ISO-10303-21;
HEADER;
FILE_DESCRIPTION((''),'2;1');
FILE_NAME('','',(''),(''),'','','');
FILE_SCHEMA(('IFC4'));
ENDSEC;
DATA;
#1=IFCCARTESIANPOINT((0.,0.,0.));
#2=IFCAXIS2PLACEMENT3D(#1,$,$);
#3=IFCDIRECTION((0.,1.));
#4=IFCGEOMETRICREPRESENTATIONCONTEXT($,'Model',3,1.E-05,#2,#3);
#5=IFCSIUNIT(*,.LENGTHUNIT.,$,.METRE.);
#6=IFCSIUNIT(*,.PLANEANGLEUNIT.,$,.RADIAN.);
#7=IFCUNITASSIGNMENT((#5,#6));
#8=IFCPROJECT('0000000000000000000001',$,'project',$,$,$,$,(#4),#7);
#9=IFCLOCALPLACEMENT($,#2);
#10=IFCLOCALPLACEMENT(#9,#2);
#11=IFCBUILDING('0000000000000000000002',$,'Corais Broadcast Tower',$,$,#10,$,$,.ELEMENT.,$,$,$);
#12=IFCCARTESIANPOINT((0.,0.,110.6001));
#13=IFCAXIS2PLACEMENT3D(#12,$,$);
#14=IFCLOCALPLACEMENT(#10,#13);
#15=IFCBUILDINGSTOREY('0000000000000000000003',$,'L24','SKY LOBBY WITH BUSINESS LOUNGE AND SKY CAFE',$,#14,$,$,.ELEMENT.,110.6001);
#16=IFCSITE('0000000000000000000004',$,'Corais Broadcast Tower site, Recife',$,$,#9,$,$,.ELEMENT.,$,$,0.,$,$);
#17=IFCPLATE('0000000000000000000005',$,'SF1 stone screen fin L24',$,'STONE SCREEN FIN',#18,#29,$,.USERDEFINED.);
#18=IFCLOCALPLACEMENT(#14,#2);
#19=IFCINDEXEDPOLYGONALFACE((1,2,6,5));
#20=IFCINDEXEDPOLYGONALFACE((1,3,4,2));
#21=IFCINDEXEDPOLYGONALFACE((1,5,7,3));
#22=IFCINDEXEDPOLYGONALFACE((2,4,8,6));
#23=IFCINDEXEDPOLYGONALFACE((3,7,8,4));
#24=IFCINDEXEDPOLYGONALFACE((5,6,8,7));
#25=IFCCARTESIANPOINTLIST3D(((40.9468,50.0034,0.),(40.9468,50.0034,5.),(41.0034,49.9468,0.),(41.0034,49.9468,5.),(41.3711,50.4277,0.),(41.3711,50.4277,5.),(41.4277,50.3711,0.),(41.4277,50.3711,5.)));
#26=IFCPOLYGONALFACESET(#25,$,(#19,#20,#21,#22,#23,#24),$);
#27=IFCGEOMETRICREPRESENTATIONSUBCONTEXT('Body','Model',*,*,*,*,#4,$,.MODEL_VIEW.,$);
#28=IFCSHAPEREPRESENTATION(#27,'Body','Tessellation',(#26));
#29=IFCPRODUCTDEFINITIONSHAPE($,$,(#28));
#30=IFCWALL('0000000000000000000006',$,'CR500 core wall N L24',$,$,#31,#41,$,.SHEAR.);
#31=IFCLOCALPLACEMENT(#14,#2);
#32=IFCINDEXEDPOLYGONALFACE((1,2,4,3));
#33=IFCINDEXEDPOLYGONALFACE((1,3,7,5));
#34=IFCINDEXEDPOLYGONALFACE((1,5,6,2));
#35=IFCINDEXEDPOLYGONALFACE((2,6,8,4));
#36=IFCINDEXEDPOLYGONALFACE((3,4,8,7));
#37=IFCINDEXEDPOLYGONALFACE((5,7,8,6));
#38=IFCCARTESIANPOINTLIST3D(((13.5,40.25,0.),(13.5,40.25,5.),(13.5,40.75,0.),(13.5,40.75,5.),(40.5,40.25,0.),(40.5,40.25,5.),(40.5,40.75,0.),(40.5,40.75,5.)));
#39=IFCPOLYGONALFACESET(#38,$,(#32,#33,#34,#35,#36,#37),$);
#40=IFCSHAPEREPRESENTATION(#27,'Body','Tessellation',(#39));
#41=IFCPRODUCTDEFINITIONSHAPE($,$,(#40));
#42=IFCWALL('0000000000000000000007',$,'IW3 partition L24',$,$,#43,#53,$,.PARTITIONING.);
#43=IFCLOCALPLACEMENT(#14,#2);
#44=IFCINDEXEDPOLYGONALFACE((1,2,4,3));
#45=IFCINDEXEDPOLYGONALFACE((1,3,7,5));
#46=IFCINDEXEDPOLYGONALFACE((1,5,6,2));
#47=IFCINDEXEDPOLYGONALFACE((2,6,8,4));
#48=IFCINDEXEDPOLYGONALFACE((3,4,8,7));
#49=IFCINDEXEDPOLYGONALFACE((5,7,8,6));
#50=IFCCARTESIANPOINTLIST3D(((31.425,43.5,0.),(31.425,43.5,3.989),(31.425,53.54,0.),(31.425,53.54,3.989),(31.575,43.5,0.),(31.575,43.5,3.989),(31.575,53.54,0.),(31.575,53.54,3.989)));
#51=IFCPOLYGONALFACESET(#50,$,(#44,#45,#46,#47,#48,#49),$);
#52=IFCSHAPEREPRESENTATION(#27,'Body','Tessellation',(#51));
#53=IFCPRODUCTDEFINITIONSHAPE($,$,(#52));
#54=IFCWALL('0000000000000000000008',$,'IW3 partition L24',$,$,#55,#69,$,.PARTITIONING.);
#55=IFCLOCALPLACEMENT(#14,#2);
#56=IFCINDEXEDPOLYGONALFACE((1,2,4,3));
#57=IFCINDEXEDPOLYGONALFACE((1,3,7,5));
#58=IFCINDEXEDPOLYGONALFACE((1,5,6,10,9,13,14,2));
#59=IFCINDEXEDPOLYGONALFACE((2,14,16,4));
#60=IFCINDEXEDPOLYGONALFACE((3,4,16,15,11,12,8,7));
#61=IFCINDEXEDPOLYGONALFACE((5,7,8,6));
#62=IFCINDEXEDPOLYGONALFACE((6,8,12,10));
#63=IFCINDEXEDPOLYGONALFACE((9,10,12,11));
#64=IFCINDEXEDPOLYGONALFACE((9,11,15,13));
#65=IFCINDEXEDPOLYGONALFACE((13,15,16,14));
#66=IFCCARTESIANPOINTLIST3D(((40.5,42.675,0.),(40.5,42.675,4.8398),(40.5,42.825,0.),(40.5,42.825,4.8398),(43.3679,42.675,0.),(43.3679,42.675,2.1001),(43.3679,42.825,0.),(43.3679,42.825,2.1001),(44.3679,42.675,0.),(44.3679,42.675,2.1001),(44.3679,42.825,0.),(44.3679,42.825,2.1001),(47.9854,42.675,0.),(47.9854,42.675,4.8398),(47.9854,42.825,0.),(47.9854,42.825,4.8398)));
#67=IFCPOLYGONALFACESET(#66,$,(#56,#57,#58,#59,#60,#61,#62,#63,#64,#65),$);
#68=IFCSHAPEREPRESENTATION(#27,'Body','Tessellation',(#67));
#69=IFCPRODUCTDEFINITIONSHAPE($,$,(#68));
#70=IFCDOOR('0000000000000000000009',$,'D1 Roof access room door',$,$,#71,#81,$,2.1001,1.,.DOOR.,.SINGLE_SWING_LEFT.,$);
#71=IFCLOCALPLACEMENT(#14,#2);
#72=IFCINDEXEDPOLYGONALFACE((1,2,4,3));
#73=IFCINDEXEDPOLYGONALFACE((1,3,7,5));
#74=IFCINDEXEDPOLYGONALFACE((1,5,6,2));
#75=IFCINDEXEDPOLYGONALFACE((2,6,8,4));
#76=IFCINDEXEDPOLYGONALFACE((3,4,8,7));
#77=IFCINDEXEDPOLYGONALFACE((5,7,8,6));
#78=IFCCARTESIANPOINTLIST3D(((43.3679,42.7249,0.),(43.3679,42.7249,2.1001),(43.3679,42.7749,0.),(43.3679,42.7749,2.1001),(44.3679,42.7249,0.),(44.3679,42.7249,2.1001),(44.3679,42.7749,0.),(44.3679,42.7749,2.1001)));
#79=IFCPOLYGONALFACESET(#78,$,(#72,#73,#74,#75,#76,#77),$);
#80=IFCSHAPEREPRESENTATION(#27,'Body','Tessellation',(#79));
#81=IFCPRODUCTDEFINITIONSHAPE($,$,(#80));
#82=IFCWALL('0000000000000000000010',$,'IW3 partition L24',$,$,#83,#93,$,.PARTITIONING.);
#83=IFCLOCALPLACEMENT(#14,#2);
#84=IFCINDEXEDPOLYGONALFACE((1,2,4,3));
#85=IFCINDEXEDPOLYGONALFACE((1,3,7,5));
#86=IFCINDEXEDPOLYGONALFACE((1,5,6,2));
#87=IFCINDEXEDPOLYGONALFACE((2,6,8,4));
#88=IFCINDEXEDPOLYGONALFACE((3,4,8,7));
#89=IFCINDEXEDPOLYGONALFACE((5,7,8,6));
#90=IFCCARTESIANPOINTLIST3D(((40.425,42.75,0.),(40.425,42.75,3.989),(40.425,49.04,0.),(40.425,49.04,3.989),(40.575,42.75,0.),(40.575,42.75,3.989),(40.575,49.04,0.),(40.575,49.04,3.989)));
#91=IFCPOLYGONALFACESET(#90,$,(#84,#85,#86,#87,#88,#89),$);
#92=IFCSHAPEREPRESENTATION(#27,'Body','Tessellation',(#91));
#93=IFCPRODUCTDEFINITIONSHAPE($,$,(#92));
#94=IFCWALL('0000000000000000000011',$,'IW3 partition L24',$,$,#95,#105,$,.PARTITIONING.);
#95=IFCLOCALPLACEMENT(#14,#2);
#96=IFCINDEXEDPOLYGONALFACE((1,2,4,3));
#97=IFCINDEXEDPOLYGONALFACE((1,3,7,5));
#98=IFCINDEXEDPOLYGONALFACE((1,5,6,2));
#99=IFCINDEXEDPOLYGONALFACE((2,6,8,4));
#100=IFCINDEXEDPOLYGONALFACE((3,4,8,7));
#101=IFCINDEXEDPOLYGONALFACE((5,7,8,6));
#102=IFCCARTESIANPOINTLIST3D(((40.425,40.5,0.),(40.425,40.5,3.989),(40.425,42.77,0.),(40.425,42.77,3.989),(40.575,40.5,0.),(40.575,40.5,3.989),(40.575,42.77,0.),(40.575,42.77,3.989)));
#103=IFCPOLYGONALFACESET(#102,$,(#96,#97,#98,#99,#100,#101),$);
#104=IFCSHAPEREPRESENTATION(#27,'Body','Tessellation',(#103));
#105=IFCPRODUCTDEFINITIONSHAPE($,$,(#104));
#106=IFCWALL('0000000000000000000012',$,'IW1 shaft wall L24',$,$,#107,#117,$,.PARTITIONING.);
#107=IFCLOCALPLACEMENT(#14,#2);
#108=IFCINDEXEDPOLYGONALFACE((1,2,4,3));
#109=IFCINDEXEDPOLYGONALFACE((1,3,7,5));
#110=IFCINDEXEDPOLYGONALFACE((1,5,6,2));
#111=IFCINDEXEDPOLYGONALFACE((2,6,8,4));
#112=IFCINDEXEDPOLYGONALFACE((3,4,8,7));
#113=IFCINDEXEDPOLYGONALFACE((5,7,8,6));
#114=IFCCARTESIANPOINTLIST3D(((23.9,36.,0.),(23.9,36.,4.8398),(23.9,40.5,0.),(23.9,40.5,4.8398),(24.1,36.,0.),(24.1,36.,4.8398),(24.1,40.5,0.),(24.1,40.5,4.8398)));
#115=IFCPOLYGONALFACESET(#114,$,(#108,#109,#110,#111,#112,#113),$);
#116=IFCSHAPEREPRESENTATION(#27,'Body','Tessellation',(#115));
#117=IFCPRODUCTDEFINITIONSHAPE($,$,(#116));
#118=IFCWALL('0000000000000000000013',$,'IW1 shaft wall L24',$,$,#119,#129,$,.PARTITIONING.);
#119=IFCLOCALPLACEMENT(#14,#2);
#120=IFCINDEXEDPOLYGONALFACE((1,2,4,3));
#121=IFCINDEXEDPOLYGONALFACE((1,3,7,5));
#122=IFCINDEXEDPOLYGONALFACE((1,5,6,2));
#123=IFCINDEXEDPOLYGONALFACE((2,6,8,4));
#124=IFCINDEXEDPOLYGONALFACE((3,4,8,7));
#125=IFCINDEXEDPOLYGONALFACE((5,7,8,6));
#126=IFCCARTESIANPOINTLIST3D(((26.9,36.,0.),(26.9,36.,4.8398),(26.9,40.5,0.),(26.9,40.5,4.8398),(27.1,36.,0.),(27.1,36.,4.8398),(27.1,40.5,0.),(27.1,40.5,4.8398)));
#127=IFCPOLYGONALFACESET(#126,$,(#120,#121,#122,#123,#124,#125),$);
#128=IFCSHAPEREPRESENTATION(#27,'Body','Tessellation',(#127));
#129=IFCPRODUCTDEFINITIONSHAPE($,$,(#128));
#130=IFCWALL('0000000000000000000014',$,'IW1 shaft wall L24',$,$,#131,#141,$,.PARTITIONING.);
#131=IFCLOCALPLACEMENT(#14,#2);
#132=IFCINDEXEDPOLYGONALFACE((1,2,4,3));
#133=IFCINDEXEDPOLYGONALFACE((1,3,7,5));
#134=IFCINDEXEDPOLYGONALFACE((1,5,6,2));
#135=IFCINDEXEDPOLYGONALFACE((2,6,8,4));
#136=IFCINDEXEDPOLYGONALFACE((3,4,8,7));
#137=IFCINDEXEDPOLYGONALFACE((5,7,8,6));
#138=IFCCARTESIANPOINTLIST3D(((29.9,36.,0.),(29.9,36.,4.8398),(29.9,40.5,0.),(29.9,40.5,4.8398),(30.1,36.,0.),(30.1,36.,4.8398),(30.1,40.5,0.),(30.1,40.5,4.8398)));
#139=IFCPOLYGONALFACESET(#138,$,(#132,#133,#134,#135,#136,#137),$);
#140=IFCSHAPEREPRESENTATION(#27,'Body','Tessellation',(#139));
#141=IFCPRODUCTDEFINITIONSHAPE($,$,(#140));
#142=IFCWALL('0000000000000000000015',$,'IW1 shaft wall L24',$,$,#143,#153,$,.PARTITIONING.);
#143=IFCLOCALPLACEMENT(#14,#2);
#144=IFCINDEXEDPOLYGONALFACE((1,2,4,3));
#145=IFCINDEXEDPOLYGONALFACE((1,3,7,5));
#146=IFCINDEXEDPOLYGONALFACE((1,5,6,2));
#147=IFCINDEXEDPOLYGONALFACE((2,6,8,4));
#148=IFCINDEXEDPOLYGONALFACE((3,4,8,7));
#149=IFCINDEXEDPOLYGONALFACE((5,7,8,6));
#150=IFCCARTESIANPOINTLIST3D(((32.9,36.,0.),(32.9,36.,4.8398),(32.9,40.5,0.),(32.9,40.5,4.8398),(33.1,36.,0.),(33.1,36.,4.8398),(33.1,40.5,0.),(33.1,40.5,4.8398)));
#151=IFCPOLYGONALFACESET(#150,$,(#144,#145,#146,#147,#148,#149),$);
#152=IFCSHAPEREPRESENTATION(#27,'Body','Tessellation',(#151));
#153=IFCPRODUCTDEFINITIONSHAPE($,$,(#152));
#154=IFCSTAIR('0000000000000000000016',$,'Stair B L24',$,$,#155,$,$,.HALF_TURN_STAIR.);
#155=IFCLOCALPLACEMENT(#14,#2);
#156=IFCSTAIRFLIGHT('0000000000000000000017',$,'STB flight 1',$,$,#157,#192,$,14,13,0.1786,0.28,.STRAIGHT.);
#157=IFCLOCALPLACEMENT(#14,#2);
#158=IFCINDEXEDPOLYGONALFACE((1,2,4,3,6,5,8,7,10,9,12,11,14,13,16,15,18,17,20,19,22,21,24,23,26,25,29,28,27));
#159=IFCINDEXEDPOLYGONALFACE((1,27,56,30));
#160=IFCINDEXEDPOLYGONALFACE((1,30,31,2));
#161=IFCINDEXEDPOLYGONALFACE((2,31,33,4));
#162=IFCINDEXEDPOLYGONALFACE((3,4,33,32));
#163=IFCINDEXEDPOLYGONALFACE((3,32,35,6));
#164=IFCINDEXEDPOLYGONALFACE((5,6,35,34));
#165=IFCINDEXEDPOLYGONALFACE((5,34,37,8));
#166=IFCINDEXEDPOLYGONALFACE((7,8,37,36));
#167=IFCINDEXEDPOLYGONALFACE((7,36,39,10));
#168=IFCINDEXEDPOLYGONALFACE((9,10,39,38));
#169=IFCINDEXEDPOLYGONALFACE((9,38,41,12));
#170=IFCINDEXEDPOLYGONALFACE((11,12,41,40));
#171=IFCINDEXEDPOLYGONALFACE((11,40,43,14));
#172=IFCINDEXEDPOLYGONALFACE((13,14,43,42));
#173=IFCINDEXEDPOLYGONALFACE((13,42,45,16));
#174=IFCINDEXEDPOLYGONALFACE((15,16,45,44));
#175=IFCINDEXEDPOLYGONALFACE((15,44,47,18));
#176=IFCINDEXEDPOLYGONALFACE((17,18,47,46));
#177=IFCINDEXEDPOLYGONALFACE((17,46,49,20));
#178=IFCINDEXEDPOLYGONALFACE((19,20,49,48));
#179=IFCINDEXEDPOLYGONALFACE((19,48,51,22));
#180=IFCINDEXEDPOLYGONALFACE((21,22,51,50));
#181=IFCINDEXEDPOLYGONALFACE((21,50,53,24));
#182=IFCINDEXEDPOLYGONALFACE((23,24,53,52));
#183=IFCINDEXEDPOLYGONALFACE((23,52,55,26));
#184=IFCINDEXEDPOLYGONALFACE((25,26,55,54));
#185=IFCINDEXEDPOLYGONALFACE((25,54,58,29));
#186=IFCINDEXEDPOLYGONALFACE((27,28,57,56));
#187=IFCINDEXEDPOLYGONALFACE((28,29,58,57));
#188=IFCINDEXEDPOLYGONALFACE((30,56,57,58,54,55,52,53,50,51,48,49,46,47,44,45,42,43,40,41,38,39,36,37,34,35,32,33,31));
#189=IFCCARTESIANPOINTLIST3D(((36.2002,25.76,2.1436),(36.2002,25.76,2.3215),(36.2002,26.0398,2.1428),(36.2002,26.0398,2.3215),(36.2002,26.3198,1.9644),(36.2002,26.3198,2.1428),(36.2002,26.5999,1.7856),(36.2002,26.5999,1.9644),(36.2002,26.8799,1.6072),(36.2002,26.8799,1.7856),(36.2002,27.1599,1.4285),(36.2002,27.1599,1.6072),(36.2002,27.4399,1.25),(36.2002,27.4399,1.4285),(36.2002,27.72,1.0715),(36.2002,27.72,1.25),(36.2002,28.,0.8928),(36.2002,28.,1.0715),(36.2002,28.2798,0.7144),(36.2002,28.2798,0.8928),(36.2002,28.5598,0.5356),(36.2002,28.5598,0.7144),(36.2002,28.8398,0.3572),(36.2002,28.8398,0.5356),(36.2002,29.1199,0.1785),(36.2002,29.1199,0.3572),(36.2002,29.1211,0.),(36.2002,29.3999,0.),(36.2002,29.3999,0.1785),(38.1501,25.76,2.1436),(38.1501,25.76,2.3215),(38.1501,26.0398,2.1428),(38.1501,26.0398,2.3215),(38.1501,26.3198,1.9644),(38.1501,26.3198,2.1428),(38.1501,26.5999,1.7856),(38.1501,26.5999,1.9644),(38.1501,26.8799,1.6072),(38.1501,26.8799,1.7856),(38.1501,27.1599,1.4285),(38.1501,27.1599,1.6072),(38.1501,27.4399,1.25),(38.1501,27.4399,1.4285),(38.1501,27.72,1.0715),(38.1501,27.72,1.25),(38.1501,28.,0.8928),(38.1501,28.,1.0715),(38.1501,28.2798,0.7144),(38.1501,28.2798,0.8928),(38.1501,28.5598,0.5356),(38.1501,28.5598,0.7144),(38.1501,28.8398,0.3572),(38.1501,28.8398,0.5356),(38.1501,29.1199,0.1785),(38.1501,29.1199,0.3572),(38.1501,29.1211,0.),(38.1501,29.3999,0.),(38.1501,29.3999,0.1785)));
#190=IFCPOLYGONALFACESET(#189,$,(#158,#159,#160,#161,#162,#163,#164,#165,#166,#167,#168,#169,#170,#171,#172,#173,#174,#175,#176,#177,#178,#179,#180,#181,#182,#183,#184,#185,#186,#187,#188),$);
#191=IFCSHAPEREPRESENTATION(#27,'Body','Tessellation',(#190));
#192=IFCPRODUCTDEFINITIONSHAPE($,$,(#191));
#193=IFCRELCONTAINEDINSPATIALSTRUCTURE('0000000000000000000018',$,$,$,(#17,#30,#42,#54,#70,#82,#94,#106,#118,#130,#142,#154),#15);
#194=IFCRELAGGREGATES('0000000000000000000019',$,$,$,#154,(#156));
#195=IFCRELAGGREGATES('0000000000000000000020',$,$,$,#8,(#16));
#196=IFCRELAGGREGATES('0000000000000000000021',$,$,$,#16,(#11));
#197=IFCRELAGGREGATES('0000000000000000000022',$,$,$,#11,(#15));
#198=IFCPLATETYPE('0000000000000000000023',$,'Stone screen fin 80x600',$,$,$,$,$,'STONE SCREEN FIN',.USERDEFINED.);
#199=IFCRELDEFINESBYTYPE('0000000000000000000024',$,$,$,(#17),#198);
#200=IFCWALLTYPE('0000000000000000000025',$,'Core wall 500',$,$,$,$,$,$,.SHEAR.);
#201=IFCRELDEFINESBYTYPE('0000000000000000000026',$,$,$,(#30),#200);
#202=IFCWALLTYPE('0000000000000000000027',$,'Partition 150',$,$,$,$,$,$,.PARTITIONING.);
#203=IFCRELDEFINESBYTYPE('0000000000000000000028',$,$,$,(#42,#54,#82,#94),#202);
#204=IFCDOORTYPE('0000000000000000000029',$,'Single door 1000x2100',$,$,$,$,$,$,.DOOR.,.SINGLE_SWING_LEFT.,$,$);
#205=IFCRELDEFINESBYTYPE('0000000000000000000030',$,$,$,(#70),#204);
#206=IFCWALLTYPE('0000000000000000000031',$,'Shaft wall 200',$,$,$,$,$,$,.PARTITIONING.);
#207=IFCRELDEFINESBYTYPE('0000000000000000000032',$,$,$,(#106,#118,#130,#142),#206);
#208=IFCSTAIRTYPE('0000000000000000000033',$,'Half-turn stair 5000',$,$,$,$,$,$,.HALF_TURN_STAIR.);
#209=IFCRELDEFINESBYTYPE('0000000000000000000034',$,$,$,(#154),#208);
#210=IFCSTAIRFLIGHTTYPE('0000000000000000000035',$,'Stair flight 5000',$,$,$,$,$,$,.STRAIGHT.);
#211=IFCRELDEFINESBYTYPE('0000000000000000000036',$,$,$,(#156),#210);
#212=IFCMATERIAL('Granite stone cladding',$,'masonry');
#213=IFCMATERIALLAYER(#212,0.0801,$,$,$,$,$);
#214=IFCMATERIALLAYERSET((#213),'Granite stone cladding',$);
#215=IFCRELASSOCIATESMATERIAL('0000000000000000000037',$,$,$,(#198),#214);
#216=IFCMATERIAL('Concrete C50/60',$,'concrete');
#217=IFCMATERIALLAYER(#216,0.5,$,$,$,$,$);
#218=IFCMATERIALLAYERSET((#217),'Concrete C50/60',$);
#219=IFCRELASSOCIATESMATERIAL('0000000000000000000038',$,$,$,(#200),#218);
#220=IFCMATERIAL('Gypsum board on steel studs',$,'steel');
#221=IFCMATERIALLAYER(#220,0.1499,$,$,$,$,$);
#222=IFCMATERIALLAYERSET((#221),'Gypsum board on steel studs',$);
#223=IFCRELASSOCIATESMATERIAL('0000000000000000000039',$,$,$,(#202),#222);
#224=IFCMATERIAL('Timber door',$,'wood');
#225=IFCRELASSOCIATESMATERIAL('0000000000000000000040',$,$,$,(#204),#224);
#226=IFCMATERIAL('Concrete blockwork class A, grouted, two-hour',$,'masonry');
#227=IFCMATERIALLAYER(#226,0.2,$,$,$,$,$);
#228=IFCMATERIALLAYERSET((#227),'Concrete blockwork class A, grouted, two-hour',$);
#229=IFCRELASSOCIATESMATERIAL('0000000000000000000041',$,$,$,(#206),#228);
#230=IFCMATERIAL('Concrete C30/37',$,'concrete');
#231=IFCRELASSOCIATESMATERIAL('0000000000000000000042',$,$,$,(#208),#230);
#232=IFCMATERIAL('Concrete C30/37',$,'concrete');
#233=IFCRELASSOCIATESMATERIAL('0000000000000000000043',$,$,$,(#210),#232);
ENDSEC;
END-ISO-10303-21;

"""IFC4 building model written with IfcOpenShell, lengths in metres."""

from ifc_helpers import new_model, si_unit, direction, frame, frame_2d, origin, origin_2d, place, context, subcontext, project, spatial, polyline, rectangle, outline, extrude, material, layer, layer_set, type_object, element, fill, aggregate, save


model = new_model("IFC4")

# Units and contexts
model_context = context("Model", 3, precision=1e-05, world=origin(), true_north=direction((0.0, 1.0)))
body_context = subcontext(model_context, "Body", "Model", "MODEL_VIEW")
ifc_project = project(units=[si_unit("LENGTHUNIT", "METRE"), si_unit("PLANEANGLEUNIT", "RADIAN")], contexts=[model_context])

# Site, building, storey
site_placement = place(None, origin())
site = spatial("IfcSite", under=ifc_project, at=site_placement, Name="Corais Broadcast Tower site, Recife", CompositionType="ELEMENT", RefElevation=0.0)
building_placement = place(site_placement, origin())
building = spatial("IfcBuilding", under=site, at=building_placement, Name="Corais Broadcast Tower", CompositionType="ELEMENT")
storey_placement = place(building_placement, frame((0.0, 0.0, 110.6001)))
storey = spatial("IfcBuildingStorey", under=building, at=storey_placement, Name="L24", Description="SKY LOBBY WITH BUSINESS LOUNGE AND SKY CAFE", CompositionType="ELEMENT", Elevation=110.6001)

# Plate
ifc_material_1 = material(Name="Granite stone cladding", Category="masonry")
ifc_layer_1 = layer(ifc_material_1, 0.0801)
ifc_layer_set_1 = layer_set([ifc_layer_1], Name="Granite stone cladding")
plate_type_1 = type_object("IfcPlateType", Name="Stone screen fin 80x600", ElementType="STONE SCREEN FIN", PredefinedType="USERDEFINED", material=ifc_layer_set_1)
plate_1_placement = place(storey_placement, frame((41.1873, 50.1873, 0.0), z_axis=(0.0, 0.0, 1.0), x_axis=(0.707107, -0.707107, 0.0)))
element("IfcPlate", 1, at=plate_1_placement, inside=storey, type_object=plate_type_1, Name="SF1 stone screen fin L24", ObjectType="STONE SCREEN FIN", PredefinedType="USERDEFINED", context=body_context, shape_type="SweptSolid", body=[
    extrude(rectangle(XDim=0.0801, YDim=0.6001, at=origin_2d()), origin(), (0.0, 0.0, 1.0), 5.0),
])

# Walls
ifc_material_2 = material(Name="Concrete C50/60", Category="concrete")
ifc_layer_2 = layer(ifc_material_2, 0.5)
ifc_layer_set_2 = layer_set([ifc_layer_2], Name="Concrete C50/60")
wall_type_1 = type_object("IfcWallType", Name="Core wall 500", PredefinedType="SHEAR", material=ifc_layer_set_2)
wall_1_placement = place(storey_placement, frame((40.5, 40.5, 0.0), z_axis=(0.0, 0.0, 1.0), x_axis=(-1.0, 0.0, 0.0)))
element("IfcWall", 2, at=wall_1_placement, inside=storey, type_object=wall_type_1, Name="CR500 core wall N L24", PredefinedType="SHEAR", context=body_context, shape_type="SweptSolid", body=[
    extrude(rectangle(XDim=27.0, YDim=0.5, at=frame_2d((13.5, 0.0))), origin(), (0.0, 0.0, 1.0), 5.0),
])
ifc_material_3 = material(Name="Gypsum board on steel studs", Category="steel")
ifc_layer_3 = layer(ifc_material_3, 0.1499)
ifc_layer_set_3 = layer_set([ifc_layer_3], Name="Gypsum board on steel studs")
wall_type_2 = type_object("IfcWallType", Name="Partition 150", PredefinedType="PARTITIONING", material=ifc_layer_set_3)
wall_2_placement = place(storey_placement, frame((31.5, 43.5, 0.0), z_axis=(0.0, 0.0, 1.0), x_axis=(0.0, 1.0, 0.0)))
element("IfcWall", 3, at=wall_2_placement, inside=storey, type_object=wall_type_2, Name="IW3 partition L24", PredefinedType="PARTITIONING", context=body_context, shape_type="SweptSolid", body=[
    extrude(rectangle(XDim=10.04, YDim=0.1499, at=frame_2d((5.02, 0.0))), origin(), (0.0, 0.0, 1.0), 3.989),
])

# Wall, opening, door
wall_3_placement = place(storey_placement, frame((40.5, 42.75, 0.0), z_axis=(0.0, 0.0, 1.0), x_axis=(1.0, 0.0, 0.0)))
wall_3 = element("IfcWall", 4, at=wall_3_placement, inside=storey, type_object=wall_type_2, Name="IW3 partition L24", PredefinedType="PARTITIONING", context=body_context, shape_type="SweptSolid", body=[
    extrude(rectangle(XDim=7.4854, YDim=0.1499, at=frame_2d((3.7427, 0.0))), origin(), (0.0, 0.0, 1.0), 4.8398),
])
opening_placement = place(wall_3_placement, frame((2.8679, 0.0, 0.0)))
opening = element("IfcOpeningElement", 5, at=opening_placement, cuts=wall_3, PredefinedType="OPENING", context=body_context, shape_type="SweptSolid", body=[
    extrude(rectangle(XDim=1.0, YDim=2.1001, at=frame_2d((0.5, 1.05))), frame((0.0, 0.085, 0.0), z_axis=(0.0, -1.0, 0.0), x_axis=(1.0, 0.0, 0.0)), (0.0, 0.0, 1.0), 0.1699),
])
ifc_material_4 = material(Name="Timber door", Category="wood")
door_type = type_object("IfcDoorType", Name="Single door 1000x2100", OperationType="SINGLE_SWING_LEFT", PredefinedType="DOOR", material=ifc_material_4)
door_placement = place(opening_placement, origin())
door = element("IfcDoor", 6, at=door_placement, inside=storey, type_object=door_type, Name="D1 Roof access room door", OperationType="SINGLE_SWING_LEFT", OverallHeight=2.1001, OverallWidth=1.0, PredefinedType="DOOR", context=body_context, shape_type="SweptSolid", body=[
    extrude(rectangle(XDim=1.0, YDim=2.1001, at=frame_2d((0.5, 1.05))), frame((0.0, 0.0249, 0.0), z_axis=(0.0, -1.0, 0.0), x_axis=(1.0, 0.0, 0.0)), (0.0, 0.0, 1.0), 0.05),
])
fill(opening, door)

# Walls
wall_4_placement = place(storey_placement, frame((40.5, 49.04, 0.0), z_axis=(0.0, 0.0, 1.0), x_axis=(0.0, -1.0, 0.0)))
element("IfcWall", 7, at=wall_4_placement, inside=storey, type_object=wall_type_2, Name="IW3 partition L24", PredefinedType="PARTITIONING", context=body_context, shape_type="SweptSolid", body=[
    extrude(rectangle(XDim=6.29, YDim=0.1499, at=frame_2d((3.145, 0.0))), origin(), (0.0, 0.0, 1.0), 3.989),
])
wall_5_placement = place(storey_placement, frame((40.5, 42.77, 0.0), z_axis=(0.0, 0.0, 1.0), x_axis=(0.0, -1.0, 0.0)))
element("IfcWall", 8, at=wall_5_placement, inside=storey, type_object=wall_type_2, Name="IW3 partition L24", PredefinedType="PARTITIONING", context=body_context, shape_type="SweptSolid", body=[
    extrude(rectangle(XDim=2.27, YDim=0.1499, at=frame_2d((1.135, 0.0))), origin(), (0.0, 0.0, 1.0), 3.989),
])
ifc_material_5 = material(Name="Concrete blockwork class A, grouted, two-hour", Category="masonry")
ifc_layer_4 = layer(ifc_material_5, 0.2)
ifc_layer_set_4 = layer_set([ifc_layer_4], Name="Concrete blockwork class A, grouted, two-hour")
wall_type_3 = type_object("IfcWallType", Name="Shaft wall 200", PredefinedType="PARTITIONING", material=ifc_layer_set_4)
for number, where, z_axis, x_axis, name in (
    (9, (24.0, 36.0, 0.0), (0.0, 0.0, 1.0), (0.0, 1.0, 0.0), "IW1 shaft wall L24"),
    (10, (27.0, 36.0, 0.0), (0.0, 0.0, 1.0), (0.0, 1.0, 0.0), "IW1 shaft wall L24"),
    (11, (30.0, 36.0, 0.0), (0.0, 0.0, 1.0), (0.0, 1.0, 0.0), "IW1 shaft wall L24"),
    (12, (33.0, 36.0, 0.0), (0.0, 0.0, 1.0), (0.0, 1.0, 0.0), "IW1 shaft wall L24"),
):
    element("IfcWall", number, at=place(storey_placement, frame(where, z_axis=z_axis, x_axis=x_axis)), inside=storey, type_object=wall_type_3, Name=name, PredefinedType="PARTITIONING", context=body_context, shape_type="SweptSolid", body=[
        extrude(rectangle(XDim=4.5, YDim=0.2, at=frame_2d((2.25, 0.0))), origin(), (0.0, 0.0, 1.0), 4.8398),
    ])

# Stair, stair flight
ifc_material_6 = material(Name="Concrete C30/37", Category="concrete")
stair_type = type_object("IfcStairType", Name="Half-turn stair 5000", PredefinedType="HALF_TURN_STAIR", material=ifc_material_6)
stair_placement = place(storey_placement, origin())
stair = element("IfcStair", 13, at=stair_placement, inside=storey, type_object=stair_type, Name="Stair B L24", PredefinedType="HALF_TURN_STAIR")
ifc_material_7 = material(Name="Concrete C30/37", Category="concrete")
stair_flight_type = type_object("IfcStairFlightType", Name="Stair flight 5000", PredefinedType="STRAIGHT", material=ifc_material_7)
stair_flight_placement = place(storey_placement, frame((37.175, 29.3999, 0.0), z_axis=(0.0, 0.0, 1.0), x_axis=(0.0, -1.0, 0.0)))
stair_flight = element("IfcStairFlight", 14, at=stair_flight_placement, type_object=stair_flight_type, Name="STB flight 1", NumberOfRisers=14, NumberOfTreads=13, PredefinedType="STRAIGHT", RiserHeight=0.1786, TreadLength=0.28, context=body_context, shape_type="SweptSolid", body=[
    extrude(outline(polyline([(0.0, 0.0), (0.0, 0.1785), (0.28, 0.1785), (0.28, 0.3572), (0.5601, 0.3572), (0.5601, 0.5356), (0.8401, 0.5356), (0.8401, 0.7144), (1.1201, 0.7144), (1.1201, 0.8928), (1.3999, 0.8928), (1.3999, 1.0715), (1.6799, 1.0715), (1.6799, 1.25), (1.96, 1.25), (1.96, 1.4285), (2.24, 1.4285), (2.24, 1.6072), (2.52, 1.6072), (2.52, 1.7856), (2.8, 1.7856), (2.8, 1.9644), (3.0801, 1.9644), (3.0801, 2.1428), (3.3601, 2.1428), (3.3601, 2.3215), (3.6399, 2.3215), (3.6399, 2.5), (3.6399, 2.1436), (0.2788, 0.0), (0.0, 0.0)])), frame((0.0, 0.9751, 0.0), z_axis=(0.0, -1.0, 0.0), x_axis=(1.0, 0.0, 0.0)), (0.0, 0.0, 1.0), 1.95),
])
aggregate(stair, [stair_flight])

save(model, "model.ifc")
